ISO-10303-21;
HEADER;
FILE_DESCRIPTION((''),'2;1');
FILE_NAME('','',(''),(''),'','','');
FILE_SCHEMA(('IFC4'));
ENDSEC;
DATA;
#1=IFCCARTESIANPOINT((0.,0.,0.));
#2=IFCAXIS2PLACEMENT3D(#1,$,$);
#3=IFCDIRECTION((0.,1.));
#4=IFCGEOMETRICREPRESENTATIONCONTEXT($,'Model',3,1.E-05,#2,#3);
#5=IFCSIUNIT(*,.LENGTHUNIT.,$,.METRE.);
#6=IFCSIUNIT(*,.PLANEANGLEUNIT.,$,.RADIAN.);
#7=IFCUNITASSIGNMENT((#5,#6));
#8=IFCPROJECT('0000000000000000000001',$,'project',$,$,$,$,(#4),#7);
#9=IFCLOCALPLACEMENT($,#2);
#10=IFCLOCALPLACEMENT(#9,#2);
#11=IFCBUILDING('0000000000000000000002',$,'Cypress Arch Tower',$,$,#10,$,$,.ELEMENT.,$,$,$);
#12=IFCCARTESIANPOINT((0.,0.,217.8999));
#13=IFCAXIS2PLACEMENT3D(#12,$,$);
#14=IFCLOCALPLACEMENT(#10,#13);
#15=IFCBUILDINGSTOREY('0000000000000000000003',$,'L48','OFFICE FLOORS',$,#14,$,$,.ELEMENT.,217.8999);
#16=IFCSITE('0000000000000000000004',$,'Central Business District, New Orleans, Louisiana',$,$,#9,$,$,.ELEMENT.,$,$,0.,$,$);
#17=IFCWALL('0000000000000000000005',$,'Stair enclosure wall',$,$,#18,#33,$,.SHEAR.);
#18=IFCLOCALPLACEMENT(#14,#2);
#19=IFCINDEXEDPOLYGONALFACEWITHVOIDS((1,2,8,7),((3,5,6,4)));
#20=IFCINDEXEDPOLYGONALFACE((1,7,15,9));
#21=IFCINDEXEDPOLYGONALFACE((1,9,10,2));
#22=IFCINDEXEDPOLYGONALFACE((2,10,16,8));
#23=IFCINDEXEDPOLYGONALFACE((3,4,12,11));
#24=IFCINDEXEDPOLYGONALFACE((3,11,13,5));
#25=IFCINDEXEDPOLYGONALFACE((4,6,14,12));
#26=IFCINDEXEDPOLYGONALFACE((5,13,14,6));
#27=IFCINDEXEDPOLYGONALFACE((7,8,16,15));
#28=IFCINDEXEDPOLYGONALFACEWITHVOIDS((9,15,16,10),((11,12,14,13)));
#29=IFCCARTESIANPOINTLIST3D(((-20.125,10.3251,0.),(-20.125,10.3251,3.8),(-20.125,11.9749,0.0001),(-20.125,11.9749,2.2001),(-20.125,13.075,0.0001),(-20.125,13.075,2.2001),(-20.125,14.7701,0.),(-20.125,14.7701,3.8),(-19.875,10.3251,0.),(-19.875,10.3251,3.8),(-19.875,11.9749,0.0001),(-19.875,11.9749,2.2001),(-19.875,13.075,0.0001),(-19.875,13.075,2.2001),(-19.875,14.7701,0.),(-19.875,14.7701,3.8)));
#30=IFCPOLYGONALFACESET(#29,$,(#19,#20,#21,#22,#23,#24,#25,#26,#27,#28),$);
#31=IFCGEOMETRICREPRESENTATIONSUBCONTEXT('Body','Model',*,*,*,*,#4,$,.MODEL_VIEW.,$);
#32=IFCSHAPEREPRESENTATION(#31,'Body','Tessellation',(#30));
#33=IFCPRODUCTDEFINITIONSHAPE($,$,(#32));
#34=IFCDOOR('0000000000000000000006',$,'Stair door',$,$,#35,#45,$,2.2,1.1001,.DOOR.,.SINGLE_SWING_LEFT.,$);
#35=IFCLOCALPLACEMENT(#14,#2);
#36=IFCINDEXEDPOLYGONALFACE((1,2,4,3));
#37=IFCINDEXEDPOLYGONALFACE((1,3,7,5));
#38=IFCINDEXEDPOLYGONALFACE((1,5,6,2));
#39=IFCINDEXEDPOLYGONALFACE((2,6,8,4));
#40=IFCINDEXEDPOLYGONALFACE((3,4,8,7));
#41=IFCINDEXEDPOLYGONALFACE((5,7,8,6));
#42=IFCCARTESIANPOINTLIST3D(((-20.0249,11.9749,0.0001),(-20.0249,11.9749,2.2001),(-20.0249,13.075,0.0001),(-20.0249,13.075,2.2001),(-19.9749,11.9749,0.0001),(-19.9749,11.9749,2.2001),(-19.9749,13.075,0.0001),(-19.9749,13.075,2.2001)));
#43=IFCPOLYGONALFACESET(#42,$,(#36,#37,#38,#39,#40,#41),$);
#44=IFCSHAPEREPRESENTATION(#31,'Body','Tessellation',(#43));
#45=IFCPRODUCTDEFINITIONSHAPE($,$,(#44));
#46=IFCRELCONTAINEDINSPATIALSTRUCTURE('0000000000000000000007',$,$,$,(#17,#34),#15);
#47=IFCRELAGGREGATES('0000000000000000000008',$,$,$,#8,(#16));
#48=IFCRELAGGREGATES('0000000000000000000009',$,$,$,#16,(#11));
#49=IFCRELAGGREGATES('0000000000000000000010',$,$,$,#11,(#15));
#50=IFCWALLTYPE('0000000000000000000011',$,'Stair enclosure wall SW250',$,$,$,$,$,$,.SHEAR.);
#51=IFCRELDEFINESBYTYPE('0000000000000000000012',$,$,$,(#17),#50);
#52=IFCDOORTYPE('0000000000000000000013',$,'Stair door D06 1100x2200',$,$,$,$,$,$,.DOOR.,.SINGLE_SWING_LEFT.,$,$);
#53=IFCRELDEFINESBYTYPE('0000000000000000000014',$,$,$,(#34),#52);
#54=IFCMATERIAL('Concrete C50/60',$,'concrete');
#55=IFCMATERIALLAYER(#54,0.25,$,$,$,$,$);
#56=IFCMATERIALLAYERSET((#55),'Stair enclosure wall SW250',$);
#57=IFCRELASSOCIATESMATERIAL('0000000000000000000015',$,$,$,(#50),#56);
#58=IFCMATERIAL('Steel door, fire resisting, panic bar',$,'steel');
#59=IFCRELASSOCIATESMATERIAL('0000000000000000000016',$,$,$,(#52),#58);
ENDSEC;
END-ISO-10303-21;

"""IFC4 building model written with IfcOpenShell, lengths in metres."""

from ifc_helpers import new_model, si_unit, direction, frame, frame_2d, origin, place, context, subcontext, project, spatial, rectangle, extrude, material, layer, layer_set, type_object, element, fill, save


model = new_model("IFC4")

# Units and contexts
model_context = context("Model", 3, precision=1e-05, world=origin(), true_north=direction((0.0, 1.0)))
body_context = subcontext(model_context, "Body", "Model", "MODEL_VIEW")
ifc_project = project(units=[si_unit("LENGTHUNIT", "METRE"), si_unit("PLANEANGLEUNIT", "RADIAN")], contexts=[model_context])

# Site, building, storey
site_placement = place(None, origin())
site = spatial("IfcSite", under=ifc_project, at=site_placement, Name="Central Business District, New Orleans, Louisiana", CompositionType="ELEMENT", RefElevation=0.0)
building_placement = place(site_placement, origin())
building = spatial("IfcBuilding", under=site, at=building_placement, Name="Cypress Arch Tower", CompositionType="ELEMENT")
storey_placement = place(building_placement, frame((0.0, 0.0, 217.8999)))
storey = spatial("IfcBuildingStorey", under=building, at=storey_placement, Name="L48", Description="OFFICE FLOORS", CompositionType="ELEMENT", Elevation=217.8999)

# Wall, opening, door
ifc_material_1 = material(Name="Concrete C50/60", Category="concrete")
ifc_layer_1 = layer(ifc_material_1, 0.25)
ifc_layer_set_1 = layer_set([ifc_layer_1], Name="Stair enclosure wall SW250")
wall_type_1 = type_object("IfcWallType", Name="Stair enclosure wall SW250", PredefinedType="SHEAR", material=ifc_layer_set_1)
wall_1_placement = place(storey_placement, frame((-20.0, 10.325, 0.0), z_axis=(0.0, 0.0, 1.0), x_axis=(0.0, 1.0, 0.0)))
wall_1 = element("IfcWall", 1, at=wall_1_placement, inside=storey, type_object=wall_type_1, Name="Stair enclosure wall", PredefinedType="SHEAR", context=body_context, shape_type="SweptSolid", body=[
    extrude(rectangle(XDim=4.4451, YDim=0.25, at=frame_2d((2.2227, 0.0))), origin(), (0.0, 0.0, 1.0), 3.8),
])
opening_1_placement = place(wall_1_placement, frame((1.6499, 0.0, 0.0)))
opening_1 = element("IfcOpeningElement", 2, at=opening_1_placement, cuts=wall_1, PredefinedType="OPENING", context=body_context, shape_type="SweptSolid", body=[
    extrude(rectangle(XDim=1.1001, YDim=2.2, at=frame_2d((0.55, 1.1001))), frame((0.0, 0.135, 0.0), z_axis=(0.0, -1.0, 0.0), x_axis=(1.0, 0.0, 0.0)), (0.0, 0.0, 1.0), 0.27),
])
ifc_material_2 = material(Name="Steel door, fire resisting, panic bar", Category="steel")
door_type_1 = type_object("IfcDoorType", Name="Stair door D06 1100x2200", OperationType="SINGLE_SWING_LEFT", PredefinedType="DOOR", material=ifc_material_2)
door_1_placement = place(opening_1_placement, origin())
door_1 = element("IfcDoor", 3, at=door_1_placement, inside=storey, type_object=door_type_1, Name="Stair door", OperationType="SINGLE_SWING_LEFT", OverallHeight=2.2, OverallWidth=1.1001, PredefinedType="DOOR", context=body_context, shape_type="SweptSolid", body=[
    extrude(rectangle(XDim=1.1001, YDim=2.2, at=frame_2d((0.55, 1.1001))), frame((0.0, 0.0249, 0.0), z_axis=(0.0, -1.0, 0.0), x_axis=(1.0, 0.0, 0.0)), (0.0, 0.0, 1.0), 0.05),
])
fill(opening_1, door_1)

save(model, "model.ifc")
